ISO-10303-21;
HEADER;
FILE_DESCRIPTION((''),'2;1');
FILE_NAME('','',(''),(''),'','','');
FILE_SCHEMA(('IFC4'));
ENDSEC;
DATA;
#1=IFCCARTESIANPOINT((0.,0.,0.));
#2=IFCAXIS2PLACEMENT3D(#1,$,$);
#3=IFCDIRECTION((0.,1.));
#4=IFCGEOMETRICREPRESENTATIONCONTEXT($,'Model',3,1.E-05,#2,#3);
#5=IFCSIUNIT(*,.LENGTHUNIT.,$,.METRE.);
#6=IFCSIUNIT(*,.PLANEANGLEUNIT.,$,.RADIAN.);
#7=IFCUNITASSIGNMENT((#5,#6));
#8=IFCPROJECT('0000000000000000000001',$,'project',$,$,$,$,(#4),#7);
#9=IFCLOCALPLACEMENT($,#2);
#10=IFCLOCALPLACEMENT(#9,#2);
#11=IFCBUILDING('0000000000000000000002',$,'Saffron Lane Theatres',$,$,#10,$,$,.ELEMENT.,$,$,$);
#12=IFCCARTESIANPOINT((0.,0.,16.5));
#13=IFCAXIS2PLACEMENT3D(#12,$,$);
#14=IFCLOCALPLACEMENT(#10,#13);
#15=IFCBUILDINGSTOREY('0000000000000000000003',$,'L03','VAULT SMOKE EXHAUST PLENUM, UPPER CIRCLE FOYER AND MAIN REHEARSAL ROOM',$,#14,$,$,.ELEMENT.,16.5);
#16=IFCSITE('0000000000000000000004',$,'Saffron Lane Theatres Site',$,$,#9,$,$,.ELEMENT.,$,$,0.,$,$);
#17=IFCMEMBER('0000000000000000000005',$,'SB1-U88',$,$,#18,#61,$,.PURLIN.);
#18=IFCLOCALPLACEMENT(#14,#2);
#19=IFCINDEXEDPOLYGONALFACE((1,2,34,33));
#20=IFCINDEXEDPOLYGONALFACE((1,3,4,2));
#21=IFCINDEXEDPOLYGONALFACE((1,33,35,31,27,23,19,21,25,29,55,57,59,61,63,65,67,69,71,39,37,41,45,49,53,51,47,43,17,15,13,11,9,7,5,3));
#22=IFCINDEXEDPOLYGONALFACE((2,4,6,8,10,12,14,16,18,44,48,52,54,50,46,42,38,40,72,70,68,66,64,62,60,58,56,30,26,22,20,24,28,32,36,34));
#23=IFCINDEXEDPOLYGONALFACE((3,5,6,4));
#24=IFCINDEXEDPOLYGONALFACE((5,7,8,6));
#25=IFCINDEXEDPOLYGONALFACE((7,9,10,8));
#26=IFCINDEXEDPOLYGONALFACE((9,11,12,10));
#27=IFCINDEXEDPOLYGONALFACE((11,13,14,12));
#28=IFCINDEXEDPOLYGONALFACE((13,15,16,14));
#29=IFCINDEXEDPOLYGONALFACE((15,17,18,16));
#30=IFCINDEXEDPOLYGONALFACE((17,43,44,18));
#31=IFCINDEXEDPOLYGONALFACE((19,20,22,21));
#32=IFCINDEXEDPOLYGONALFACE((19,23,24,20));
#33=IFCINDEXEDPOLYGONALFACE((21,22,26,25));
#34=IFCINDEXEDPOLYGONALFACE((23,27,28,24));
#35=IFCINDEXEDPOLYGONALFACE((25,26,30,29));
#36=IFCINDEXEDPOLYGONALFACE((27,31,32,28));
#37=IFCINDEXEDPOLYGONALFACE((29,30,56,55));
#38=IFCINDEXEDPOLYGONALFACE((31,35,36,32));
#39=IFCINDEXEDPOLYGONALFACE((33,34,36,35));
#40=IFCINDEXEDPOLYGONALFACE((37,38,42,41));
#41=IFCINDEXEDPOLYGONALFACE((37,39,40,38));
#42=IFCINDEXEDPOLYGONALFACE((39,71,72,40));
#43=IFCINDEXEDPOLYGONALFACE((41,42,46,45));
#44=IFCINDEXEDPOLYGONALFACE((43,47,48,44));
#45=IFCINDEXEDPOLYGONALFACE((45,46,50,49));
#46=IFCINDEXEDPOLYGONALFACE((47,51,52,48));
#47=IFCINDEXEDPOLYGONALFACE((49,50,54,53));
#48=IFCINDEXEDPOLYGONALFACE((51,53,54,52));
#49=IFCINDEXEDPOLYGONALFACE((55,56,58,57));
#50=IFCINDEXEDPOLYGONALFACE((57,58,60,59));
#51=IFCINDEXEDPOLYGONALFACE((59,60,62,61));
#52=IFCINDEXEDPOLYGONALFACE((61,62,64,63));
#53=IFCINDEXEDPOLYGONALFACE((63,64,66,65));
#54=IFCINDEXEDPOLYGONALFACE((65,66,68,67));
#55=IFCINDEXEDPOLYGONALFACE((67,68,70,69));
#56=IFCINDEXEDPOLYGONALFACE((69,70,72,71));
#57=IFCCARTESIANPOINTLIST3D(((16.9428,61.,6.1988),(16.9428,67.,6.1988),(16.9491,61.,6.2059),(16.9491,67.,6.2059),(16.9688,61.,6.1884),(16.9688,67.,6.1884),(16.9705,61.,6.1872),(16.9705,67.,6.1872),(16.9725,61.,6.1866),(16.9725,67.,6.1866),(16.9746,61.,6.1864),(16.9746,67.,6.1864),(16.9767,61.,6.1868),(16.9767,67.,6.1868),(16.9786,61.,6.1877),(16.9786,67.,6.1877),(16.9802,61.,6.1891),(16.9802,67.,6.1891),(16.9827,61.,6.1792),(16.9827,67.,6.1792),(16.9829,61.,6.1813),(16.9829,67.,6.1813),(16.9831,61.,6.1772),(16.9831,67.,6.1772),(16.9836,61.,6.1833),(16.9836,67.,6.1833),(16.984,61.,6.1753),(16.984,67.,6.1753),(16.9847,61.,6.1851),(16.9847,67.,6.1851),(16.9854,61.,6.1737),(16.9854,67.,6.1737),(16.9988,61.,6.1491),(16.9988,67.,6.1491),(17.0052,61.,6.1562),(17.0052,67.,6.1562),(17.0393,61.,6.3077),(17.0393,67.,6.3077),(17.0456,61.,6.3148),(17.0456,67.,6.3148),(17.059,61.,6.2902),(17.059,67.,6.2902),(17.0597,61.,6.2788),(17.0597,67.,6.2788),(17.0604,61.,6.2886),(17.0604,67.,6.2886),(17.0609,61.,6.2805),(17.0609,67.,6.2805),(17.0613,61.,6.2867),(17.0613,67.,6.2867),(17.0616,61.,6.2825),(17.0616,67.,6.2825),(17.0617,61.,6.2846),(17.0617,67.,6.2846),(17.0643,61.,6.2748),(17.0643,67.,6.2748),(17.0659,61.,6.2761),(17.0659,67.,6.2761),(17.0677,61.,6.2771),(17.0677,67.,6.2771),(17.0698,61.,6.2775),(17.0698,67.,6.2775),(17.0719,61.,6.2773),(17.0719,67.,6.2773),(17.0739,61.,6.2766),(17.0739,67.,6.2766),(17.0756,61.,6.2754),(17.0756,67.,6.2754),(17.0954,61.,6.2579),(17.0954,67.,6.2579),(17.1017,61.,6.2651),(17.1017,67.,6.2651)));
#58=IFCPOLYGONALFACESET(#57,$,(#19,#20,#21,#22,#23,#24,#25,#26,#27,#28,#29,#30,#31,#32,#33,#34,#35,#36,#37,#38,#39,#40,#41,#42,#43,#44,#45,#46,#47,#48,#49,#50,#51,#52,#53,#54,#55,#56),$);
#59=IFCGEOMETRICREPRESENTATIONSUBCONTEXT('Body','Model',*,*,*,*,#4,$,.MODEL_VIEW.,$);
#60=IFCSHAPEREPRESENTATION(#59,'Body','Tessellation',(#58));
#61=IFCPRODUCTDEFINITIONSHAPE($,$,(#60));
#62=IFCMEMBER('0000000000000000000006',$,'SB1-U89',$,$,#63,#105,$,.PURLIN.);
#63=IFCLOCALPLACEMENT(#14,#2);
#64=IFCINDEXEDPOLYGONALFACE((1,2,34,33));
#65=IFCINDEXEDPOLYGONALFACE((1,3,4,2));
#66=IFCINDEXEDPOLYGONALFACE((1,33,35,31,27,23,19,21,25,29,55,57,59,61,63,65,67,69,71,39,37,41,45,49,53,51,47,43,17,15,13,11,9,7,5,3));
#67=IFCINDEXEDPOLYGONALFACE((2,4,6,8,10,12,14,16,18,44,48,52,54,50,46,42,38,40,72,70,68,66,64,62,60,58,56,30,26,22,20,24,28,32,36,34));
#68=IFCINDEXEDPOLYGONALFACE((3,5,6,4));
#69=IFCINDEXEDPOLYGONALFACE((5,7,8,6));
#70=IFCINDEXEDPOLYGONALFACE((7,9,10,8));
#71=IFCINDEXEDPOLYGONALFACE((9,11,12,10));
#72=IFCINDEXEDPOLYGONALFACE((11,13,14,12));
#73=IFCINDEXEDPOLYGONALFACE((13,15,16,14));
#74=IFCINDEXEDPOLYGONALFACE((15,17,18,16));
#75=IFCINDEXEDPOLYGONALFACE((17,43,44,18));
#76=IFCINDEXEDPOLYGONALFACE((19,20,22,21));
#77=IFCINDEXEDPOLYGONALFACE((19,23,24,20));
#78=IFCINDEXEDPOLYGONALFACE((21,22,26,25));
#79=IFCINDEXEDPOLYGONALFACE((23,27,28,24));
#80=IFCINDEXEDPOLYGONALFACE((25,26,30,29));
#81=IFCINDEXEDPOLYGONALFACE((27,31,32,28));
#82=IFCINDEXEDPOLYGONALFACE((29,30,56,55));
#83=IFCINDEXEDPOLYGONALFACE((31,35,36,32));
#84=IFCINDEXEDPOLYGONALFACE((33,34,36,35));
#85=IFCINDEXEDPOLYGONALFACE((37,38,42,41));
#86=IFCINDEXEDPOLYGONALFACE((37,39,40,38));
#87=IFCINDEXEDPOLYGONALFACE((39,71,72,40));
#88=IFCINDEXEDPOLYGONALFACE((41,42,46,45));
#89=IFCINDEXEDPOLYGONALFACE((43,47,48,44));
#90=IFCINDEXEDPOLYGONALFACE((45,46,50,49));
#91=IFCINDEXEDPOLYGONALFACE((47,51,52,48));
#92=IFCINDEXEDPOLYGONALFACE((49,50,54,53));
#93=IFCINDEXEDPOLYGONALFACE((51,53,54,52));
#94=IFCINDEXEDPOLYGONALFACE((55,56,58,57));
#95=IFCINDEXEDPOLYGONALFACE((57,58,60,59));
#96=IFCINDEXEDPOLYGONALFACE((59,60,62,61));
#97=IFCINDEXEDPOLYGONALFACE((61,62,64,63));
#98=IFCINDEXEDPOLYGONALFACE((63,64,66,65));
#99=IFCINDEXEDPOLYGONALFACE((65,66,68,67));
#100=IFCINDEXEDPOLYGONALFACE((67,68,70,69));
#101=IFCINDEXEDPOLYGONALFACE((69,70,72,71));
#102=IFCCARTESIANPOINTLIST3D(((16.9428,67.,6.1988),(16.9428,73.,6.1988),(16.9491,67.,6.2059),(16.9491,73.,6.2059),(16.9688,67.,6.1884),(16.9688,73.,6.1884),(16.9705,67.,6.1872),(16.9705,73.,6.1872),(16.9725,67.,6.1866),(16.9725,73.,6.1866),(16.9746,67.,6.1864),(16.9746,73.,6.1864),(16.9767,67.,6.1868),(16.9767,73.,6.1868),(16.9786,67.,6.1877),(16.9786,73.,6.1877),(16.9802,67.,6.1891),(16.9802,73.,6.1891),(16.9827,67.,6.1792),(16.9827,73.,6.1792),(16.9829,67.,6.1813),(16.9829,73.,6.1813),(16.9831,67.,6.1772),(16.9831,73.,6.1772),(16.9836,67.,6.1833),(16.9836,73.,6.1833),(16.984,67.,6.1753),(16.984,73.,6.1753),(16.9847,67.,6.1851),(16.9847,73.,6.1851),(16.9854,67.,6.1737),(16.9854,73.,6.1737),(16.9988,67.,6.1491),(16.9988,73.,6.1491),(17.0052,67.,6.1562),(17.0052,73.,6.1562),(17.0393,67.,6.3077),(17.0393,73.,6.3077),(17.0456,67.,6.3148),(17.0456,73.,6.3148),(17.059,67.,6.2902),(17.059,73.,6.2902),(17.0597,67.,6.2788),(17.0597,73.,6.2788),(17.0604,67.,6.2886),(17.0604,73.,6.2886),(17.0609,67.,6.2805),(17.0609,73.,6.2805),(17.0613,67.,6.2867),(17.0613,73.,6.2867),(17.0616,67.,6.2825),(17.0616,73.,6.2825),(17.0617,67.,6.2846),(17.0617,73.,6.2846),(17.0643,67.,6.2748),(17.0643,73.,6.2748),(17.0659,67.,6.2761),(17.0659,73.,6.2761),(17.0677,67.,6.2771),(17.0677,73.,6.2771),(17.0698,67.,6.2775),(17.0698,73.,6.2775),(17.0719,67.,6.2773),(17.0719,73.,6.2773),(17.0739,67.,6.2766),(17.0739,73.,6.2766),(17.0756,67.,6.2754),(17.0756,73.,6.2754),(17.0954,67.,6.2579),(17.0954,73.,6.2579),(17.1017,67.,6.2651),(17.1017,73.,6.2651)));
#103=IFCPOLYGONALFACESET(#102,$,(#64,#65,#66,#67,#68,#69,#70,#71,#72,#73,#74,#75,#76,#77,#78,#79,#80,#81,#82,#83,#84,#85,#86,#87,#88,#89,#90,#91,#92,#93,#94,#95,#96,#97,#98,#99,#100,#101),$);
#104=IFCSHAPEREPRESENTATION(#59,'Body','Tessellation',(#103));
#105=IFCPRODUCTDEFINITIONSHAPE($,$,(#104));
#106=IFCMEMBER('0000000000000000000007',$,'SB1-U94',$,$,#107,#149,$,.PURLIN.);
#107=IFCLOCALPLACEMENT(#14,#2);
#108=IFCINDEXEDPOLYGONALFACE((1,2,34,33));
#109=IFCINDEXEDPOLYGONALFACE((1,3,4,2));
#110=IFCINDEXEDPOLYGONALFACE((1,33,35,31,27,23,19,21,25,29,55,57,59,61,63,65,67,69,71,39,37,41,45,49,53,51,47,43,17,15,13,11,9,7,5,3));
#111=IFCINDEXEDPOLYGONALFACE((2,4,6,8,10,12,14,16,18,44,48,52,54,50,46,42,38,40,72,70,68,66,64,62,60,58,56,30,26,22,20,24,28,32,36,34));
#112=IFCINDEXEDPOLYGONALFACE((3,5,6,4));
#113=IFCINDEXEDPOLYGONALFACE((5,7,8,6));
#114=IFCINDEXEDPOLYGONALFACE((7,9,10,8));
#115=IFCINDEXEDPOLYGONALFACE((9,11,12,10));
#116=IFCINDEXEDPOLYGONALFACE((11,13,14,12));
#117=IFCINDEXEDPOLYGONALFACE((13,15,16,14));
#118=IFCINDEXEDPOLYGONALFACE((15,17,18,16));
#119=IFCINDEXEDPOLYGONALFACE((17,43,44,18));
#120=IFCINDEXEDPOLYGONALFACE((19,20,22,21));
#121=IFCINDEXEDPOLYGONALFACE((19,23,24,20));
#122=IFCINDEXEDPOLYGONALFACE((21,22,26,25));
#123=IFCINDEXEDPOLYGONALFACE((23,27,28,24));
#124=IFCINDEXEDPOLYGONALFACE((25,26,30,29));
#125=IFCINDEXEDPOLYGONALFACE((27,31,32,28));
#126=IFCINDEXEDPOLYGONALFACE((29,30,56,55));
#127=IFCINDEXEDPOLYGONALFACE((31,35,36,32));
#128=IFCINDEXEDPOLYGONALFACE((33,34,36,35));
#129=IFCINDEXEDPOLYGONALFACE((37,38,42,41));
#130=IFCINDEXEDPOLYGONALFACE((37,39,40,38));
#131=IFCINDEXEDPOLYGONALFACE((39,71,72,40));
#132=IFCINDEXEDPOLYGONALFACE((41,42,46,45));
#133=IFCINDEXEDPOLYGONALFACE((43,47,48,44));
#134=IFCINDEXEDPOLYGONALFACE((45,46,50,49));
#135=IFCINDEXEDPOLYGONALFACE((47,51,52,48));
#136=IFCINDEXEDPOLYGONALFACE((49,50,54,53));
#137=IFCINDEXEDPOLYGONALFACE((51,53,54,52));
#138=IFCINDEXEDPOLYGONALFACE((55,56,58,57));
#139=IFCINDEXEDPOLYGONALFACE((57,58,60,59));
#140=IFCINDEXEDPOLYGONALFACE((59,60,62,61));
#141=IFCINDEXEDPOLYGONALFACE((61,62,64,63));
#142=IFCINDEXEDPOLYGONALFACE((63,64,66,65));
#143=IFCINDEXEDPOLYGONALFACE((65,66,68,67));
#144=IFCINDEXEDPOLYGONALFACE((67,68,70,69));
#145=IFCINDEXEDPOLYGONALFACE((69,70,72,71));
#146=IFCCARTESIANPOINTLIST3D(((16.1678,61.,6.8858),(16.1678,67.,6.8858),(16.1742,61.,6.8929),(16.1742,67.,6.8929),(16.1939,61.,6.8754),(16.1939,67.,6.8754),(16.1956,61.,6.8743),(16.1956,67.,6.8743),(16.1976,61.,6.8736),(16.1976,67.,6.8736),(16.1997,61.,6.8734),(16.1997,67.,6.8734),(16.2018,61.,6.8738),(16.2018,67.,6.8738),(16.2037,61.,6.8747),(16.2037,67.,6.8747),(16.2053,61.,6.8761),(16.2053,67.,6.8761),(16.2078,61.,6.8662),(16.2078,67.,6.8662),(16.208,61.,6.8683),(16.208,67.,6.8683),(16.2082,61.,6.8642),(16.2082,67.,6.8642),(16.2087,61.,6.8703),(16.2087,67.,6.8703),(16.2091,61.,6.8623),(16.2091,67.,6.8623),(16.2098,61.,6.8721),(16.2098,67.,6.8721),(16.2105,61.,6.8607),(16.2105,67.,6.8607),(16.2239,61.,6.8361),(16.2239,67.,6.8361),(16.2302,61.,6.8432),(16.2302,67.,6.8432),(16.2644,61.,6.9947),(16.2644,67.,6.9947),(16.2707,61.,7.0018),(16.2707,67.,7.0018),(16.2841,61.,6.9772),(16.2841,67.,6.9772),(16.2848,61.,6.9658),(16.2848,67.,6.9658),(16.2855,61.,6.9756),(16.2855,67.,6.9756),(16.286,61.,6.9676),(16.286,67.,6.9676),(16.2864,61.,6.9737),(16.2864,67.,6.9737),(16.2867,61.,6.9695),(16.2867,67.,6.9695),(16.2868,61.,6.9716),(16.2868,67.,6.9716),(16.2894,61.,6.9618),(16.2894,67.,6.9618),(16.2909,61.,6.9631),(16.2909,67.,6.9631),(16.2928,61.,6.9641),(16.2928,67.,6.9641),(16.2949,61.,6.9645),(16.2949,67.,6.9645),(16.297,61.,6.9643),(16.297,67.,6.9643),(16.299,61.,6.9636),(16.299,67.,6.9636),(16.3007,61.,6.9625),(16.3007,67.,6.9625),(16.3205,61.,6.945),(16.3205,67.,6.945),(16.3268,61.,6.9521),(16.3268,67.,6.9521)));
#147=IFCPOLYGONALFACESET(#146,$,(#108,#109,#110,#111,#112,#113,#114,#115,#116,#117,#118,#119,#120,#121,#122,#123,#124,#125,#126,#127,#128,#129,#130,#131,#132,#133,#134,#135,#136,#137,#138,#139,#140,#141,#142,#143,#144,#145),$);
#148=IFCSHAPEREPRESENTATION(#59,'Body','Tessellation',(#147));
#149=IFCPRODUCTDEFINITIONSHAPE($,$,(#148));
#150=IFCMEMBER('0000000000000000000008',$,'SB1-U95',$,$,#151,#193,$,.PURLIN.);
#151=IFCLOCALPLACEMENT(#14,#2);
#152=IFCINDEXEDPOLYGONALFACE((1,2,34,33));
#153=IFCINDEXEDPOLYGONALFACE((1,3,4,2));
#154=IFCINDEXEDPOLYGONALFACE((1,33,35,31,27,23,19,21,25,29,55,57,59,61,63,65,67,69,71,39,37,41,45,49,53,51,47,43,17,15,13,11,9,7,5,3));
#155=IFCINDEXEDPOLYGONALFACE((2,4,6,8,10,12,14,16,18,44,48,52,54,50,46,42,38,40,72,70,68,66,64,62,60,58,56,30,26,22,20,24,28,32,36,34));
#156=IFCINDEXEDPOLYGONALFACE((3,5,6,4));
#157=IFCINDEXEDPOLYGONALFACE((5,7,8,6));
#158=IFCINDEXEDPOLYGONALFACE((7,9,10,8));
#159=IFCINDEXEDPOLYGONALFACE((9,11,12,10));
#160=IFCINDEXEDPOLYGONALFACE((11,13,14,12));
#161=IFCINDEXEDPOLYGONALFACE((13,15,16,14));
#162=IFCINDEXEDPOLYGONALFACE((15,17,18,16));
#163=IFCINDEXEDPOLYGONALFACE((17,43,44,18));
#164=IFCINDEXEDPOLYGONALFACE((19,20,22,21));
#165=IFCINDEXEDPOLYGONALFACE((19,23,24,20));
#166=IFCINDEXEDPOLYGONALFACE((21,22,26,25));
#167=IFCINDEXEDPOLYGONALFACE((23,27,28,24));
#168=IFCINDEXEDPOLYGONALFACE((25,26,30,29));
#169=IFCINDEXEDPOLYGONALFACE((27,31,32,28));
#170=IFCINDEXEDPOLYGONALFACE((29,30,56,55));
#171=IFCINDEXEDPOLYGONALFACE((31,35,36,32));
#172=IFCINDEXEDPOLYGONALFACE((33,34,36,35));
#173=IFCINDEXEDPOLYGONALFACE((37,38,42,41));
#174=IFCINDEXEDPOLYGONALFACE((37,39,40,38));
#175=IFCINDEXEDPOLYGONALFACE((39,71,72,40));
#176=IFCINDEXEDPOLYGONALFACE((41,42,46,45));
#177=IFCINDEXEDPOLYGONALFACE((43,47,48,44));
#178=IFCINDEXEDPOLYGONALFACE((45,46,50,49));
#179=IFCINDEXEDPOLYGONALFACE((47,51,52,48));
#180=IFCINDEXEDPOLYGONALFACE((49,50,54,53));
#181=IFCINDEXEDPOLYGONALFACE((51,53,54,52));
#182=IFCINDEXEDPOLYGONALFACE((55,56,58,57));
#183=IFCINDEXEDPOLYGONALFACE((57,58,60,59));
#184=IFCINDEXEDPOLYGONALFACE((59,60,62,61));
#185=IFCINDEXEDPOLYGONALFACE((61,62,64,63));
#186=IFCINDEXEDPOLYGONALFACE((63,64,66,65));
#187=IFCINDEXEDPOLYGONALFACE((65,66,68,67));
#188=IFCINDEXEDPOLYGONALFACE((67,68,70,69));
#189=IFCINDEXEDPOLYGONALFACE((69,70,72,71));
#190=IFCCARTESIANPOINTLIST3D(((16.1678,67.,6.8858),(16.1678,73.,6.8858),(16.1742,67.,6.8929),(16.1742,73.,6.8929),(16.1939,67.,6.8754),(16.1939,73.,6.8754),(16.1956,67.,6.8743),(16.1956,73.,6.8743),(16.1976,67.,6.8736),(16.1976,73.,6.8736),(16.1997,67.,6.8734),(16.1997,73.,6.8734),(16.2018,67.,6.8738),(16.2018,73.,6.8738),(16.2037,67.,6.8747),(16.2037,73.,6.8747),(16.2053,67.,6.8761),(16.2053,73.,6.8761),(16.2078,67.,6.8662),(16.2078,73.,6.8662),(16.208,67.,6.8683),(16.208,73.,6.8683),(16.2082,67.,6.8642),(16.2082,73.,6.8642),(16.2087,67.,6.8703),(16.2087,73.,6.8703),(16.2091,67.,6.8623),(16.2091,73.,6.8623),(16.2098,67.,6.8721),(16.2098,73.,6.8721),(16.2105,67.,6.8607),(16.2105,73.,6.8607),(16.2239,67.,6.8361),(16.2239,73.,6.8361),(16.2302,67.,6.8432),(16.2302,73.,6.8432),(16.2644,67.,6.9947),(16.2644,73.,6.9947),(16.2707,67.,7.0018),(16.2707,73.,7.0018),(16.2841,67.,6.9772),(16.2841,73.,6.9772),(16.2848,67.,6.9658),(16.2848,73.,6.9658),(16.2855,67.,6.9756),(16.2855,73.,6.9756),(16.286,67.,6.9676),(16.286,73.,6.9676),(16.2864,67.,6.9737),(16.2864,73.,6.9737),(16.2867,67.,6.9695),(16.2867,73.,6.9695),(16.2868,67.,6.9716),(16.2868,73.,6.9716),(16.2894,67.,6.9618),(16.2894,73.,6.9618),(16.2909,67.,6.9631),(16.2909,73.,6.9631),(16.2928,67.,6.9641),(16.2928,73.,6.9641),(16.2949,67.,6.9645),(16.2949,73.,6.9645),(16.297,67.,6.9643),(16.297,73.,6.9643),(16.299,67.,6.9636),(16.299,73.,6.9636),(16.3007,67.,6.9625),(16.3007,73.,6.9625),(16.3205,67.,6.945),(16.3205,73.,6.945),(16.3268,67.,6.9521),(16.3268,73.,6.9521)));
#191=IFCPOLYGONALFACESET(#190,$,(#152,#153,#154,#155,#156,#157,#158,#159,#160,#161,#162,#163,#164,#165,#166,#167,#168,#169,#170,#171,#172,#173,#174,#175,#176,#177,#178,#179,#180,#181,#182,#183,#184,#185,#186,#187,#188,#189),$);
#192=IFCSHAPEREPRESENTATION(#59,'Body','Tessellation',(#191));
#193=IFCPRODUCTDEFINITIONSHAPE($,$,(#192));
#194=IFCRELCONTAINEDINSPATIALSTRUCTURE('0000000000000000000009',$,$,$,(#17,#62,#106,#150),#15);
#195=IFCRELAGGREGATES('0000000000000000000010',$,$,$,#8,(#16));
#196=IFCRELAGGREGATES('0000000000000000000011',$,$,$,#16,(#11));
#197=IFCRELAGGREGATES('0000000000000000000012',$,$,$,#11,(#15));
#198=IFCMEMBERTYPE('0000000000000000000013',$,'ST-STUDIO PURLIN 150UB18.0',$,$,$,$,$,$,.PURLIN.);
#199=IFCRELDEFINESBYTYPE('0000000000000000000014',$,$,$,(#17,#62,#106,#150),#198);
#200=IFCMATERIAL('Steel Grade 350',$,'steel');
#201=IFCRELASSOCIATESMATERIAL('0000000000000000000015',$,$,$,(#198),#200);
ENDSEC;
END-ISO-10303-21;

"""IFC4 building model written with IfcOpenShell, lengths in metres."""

from ifc_helpers import new_model, si_unit, direction, frame, origin, origin_2d, place, context, subcontext, project, spatial, i_section, extrude, material, material_profile, profile_set, type_object, element, save


model = new_model("IFC4")

# Units and contexts
model_context = context("Model", 3, precision=1e-05, world=origin(), true_north=direction((0.0, 1.0)))
body_context = subcontext(model_context, "Body", "Model", "MODEL_VIEW")
ifc_project = project(units=[si_unit("LENGTHUNIT", "METRE"), si_unit("PLANEANGLEUNIT", "RADIAN")], contexts=[model_context])

# Site, building, storey
site_placement = place(None, origin())
site = spatial("IfcSite", under=ifc_project, at=site_placement, Name="Saffron Lane Theatres Site", CompositionType="ELEMENT", RefElevation=0.0)
building_placement = place(site_placement, origin())
building = spatial("IfcBuilding", under=site, at=building_placement, Name="Saffron Lane Theatres", CompositionType="ELEMENT")
storey_placement = place(building_placement, frame((0.0, 0.0, 16.5)))
storey = spatial("IfcBuildingStorey", under=building, at=storey_placement, Name="L03", Description="VAULT SMOKE EXHAUST PLENUM, UPPER CIRCLE FOYER AND MAIN REHEARSAL ROOM", CompositionType="ELEMENT", Elevation=16.5)

# Members
ifc_material_1 = material(Name="Steel Grade 350", Category="steel")
ifc_material_profile_1 = material_profile(ifc_material_1, i_section(OverallWidth=0.075, OverallDepth=0.155, WebThickness=0.0061, FlangeThickness=0.0095, FilletRadius=0.0081, at=origin_2d()))
ifc_profile_set_1 = profile_set([ifc_material_profile_1], Name="Steel Grade 350")
member_type_1 = type_object("IfcMemberType", Name="ST-STUDIO PURLIN 150UB18.0", PredefinedType="PURLIN", material=ifc_profile_set_1)
for number, where, z_axis, x_axis, name in (
    (1, (17.0222, 61.0, 6.2319), (0.0, 1.0, 0.0), (-0.748269, 0.0, 0.663396), "SB1-U88"),
    (2, (17.0222, 67.0, 6.2319), (0.0, 1.0, 0.0), (-0.748269, 0.0, 0.663396), "SB1-U89"),
    (3, (16.2473, 61.0, 6.9189), (0.0, 1.0, 0.0), (-0.748269, 0.0, 0.663396), "SB1-U94"),
    (4, (16.2473, 67.0, 6.9189), (0.0, 1.0, 0.0), (-0.748269, 0.0, 0.663396), "SB1-U95"),
):
    element("IfcMember", number, at=place(storey_placement, frame(where, z_axis=z_axis, x_axis=x_axis)), inside=storey, type_object=member_type_1, Name=name, PredefinedType="PURLIN", context=body_context, shape_type="SweptSolid", body=[
        extrude(i_section(OverallWidth=0.075, OverallDepth=0.155, WebThickness=0.0061, FlangeThickness=0.0095, FilletRadius=0.0081, at=origin_2d()), origin(), (0.0, 0.0, 1.0), 6.0),
    ])

save(model, "model.ifc")
